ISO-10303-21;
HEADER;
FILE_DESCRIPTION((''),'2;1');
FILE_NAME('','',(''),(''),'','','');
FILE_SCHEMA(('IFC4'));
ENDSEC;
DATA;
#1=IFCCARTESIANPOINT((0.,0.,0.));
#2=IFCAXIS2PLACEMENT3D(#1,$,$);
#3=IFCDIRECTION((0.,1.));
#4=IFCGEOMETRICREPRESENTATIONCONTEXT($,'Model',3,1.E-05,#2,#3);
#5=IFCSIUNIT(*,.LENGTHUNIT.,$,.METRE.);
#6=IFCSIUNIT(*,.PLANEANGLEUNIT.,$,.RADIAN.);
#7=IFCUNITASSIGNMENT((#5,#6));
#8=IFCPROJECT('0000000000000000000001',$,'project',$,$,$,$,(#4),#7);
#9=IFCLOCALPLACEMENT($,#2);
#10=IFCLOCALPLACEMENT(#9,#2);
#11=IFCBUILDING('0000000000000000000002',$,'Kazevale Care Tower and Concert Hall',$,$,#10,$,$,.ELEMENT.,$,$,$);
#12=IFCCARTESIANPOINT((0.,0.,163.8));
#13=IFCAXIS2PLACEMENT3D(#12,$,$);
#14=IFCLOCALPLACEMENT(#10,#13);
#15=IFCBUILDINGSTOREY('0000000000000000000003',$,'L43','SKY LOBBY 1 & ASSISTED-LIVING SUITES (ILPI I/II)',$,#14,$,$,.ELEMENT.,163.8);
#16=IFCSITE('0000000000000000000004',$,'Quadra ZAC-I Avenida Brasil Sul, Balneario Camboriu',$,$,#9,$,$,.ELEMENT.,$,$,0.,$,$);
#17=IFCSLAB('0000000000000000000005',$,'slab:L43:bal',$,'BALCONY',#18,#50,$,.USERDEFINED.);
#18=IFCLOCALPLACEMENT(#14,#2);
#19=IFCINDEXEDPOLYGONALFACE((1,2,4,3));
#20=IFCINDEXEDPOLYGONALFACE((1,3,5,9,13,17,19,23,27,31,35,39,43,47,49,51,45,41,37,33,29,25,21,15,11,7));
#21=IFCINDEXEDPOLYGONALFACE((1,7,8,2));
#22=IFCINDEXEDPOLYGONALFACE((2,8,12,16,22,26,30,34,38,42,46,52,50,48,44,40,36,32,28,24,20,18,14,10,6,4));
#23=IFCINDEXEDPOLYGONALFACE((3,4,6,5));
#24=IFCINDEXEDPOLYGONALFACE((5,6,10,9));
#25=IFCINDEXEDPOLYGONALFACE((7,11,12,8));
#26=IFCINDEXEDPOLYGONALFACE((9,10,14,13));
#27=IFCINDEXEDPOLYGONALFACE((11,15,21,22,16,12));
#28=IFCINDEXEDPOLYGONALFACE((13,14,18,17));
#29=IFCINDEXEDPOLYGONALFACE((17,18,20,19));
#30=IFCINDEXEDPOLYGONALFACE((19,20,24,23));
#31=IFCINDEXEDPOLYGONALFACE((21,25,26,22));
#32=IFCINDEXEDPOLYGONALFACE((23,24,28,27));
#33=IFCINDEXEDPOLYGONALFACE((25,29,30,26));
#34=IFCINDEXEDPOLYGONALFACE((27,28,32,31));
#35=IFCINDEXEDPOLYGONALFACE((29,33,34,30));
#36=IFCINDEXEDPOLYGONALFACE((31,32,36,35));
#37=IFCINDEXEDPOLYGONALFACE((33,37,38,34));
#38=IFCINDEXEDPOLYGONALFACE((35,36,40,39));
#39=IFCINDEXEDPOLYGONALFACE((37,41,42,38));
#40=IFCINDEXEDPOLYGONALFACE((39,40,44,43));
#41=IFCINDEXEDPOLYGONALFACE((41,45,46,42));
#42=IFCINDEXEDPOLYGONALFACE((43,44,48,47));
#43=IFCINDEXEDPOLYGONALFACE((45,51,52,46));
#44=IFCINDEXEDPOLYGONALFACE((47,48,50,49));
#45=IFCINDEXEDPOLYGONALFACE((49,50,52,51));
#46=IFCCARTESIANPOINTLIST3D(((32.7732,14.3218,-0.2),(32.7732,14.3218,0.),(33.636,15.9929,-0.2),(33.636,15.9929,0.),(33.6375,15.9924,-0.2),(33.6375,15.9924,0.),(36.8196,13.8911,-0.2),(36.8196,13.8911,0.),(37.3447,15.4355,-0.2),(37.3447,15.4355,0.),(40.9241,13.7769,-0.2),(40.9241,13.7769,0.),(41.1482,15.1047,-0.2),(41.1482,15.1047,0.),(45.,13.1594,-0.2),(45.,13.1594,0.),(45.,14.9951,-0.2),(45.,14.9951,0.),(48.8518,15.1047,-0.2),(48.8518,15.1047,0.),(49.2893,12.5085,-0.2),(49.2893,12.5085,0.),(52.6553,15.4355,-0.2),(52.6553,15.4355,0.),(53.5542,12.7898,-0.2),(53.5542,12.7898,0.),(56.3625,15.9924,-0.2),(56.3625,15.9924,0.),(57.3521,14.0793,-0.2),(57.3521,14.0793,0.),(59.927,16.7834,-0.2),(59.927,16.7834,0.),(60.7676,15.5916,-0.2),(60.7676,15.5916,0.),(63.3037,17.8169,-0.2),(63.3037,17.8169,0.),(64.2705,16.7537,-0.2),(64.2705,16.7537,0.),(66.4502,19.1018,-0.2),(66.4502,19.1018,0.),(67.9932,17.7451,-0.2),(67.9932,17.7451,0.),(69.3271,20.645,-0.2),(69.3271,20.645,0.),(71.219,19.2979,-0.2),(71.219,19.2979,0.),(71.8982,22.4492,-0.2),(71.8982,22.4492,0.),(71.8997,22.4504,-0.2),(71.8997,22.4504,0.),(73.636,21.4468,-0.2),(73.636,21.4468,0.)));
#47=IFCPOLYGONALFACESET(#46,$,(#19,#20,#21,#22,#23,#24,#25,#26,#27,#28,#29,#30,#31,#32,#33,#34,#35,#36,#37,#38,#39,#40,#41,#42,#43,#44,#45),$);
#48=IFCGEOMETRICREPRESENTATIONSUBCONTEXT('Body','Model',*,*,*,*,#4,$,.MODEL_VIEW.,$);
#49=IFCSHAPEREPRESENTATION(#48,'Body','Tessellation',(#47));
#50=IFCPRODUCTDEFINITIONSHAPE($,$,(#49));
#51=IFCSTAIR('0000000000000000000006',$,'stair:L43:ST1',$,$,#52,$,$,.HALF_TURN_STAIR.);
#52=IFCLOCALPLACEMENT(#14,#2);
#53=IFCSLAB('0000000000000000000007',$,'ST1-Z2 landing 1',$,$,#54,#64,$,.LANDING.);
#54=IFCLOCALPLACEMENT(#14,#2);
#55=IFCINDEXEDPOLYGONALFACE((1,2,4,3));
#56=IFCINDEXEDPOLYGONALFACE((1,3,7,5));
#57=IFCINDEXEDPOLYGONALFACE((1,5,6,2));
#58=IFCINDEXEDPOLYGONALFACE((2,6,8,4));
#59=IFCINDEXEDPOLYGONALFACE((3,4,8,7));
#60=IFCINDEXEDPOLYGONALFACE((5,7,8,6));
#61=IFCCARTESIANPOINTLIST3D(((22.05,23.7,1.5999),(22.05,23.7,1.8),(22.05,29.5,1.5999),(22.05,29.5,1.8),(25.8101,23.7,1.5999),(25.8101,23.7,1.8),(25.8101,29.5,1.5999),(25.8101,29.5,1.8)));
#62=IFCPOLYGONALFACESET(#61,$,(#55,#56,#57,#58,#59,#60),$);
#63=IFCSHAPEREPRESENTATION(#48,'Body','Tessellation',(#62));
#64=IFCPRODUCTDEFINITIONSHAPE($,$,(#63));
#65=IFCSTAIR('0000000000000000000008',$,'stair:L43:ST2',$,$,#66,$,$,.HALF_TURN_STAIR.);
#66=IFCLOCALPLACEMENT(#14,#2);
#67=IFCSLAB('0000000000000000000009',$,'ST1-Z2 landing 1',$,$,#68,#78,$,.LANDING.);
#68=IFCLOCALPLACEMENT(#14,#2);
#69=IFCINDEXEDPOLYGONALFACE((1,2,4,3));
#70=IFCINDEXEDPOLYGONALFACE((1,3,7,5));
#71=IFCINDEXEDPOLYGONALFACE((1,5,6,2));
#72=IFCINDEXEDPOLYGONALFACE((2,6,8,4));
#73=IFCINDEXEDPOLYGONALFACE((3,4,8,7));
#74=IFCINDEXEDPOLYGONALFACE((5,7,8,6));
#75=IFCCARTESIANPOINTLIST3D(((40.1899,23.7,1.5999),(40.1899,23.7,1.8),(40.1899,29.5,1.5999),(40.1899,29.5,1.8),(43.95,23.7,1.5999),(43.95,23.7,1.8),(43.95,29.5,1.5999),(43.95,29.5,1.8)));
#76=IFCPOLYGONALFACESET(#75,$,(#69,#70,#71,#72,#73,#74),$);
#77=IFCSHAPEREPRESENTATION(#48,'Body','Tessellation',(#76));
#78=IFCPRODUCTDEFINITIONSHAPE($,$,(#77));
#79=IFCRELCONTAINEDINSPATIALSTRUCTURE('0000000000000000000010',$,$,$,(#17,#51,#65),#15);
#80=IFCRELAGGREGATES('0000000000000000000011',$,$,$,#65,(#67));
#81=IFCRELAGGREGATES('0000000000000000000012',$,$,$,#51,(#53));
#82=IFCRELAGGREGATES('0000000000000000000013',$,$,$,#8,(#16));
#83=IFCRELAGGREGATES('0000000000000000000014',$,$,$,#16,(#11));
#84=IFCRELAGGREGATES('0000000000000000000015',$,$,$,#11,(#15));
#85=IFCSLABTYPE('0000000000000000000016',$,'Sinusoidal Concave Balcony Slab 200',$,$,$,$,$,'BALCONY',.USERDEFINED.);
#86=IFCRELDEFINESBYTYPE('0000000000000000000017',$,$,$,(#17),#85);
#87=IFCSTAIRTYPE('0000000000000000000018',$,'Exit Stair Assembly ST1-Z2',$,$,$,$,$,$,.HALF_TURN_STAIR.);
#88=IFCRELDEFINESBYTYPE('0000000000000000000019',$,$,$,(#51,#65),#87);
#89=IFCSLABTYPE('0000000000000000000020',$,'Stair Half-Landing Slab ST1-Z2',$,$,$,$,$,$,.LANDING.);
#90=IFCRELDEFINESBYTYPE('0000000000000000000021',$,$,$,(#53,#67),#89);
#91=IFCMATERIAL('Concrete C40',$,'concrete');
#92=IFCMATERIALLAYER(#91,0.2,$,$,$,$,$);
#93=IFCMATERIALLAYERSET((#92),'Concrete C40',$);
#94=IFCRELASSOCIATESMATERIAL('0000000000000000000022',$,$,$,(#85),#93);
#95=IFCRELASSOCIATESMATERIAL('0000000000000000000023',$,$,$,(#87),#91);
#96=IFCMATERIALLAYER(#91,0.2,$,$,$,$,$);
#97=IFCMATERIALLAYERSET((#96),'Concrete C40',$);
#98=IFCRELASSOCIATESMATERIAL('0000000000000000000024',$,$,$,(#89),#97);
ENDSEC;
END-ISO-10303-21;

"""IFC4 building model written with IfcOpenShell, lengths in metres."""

from ifc_helpers import new_model, si_unit, direction, frame, origin, place, context, subcontext, project, spatial, polyline, outline, extrude, material, layer, layer_set, type_object, element, aggregate, save


model = new_model("IFC4")

# Units and contexts
model_context = context("Model", 3, precision=1e-05, world=origin(), true_north=direction((0.0, 1.0)))
body_context = subcontext(model_context, "Body", "Model", "MODEL_VIEW")
ifc_project = project(units=[si_unit("LENGTHUNIT", "METRE"), si_unit("PLANEANGLEUNIT", "RADIAN")], contexts=[model_context])

# Site, building, storey
site_placement = place(None, origin())
site = spatial("IfcSite", under=ifc_project, at=site_placement, Name="Quadra ZAC-I Avenida Brasil Sul, Balneario Camboriu", CompositionType="ELEMENT", RefElevation=0.0)
building_placement = place(site_placement, origin())
building = spatial("IfcBuilding", under=site, at=building_placement, Name="Kazevale Care Tower and Concert Hall", CompositionType="ELEMENT")
storey_placement = place(building_placement, frame((0.0, 0.0, 163.8)))
storey = spatial("IfcBuildingStorey", under=building, at=storey_placement, Name="L43", Description="SKY LOBBY 1 & ASSISTED-LIVING SUITES (ILPI I/II)", CompositionType="ELEMENT", Elevation=163.8)

# Slab
ifc_material_1 = material(Name="Concrete C40", Category="concrete")
ifc_layer_1 = layer(ifc_material_1, 0.2)
ifc_layer_set_1 = layer_set([ifc_layer_1], Name="Concrete C40")
slab_type_1 = type_object("IfcSlabType", Name="Sinusoidal Concave Balcony Slab 200", ElementType="BALCONY", PredefinedType="USERDEFINED", material=ifc_layer_set_1)
slab_1_placement = place(storey_placement, frame((0.0, 0.0, -0.2)))
element("IfcSlab", 1, at=slab_1_placement, inside=storey, type_object=slab_type_1, Name="slab:L43:bal", ObjectType="BALCONY", PredefinedType="USERDEFINED", context=body_context, shape_type="SweptSolid", body=[
    extrude(outline(polyline([(73.636, 21.4468), (71.219, 19.2979), (67.9932, 17.7451), (64.2705, 16.7537), (60.7676, 15.5916), (57.3521, 14.0793), (53.5542, 12.7898), (49.2893, 12.5085), (45.0, 13.1594), (40.9241, 13.7769), (36.8196, 13.8911), (32.7732, 14.3218), (33.636, 15.9929), (33.6375, 15.9924), (37.3447, 15.4355), (41.1482, 15.1047), (45.0, 14.9951), (48.8518, 15.1047), (52.6553, 15.4355), (56.3625, 15.9924), (59.927, 16.7834), (63.3037, 17.8169), (66.4502, 19.1018), (69.3271, 20.645), (71.8982, 22.4492), (71.8997, 22.4504), (73.636, 21.4468)])), origin(), (0.0, 0.0, 1.0), 0.2),
])

# Stairs, slabs
stair_type = type_object("IfcStairType", Name="Exit Stair Assembly ST1-Z2", PredefinedType="HALF_TURN_STAIR", material=ifc_material_1)
stair_1_placement = place(storey_placement, origin())
stair_1 = element("IfcStair", 2, at=stair_1_placement, inside=storey, type_object=stair_type, Name="stair:L43:ST1", PredefinedType="HALF_TURN_STAIR")
ifc_layer_2 = layer(ifc_material_1, 0.2)
ifc_layer_set_2 = layer_set([ifc_layer_2], Name="Concrete C40")
slab_type_2 = type_object("IfcSlabType", Name="Stair Half-Landing Slab ST1-Z2", PredefinedType="LANDING", material=ifc_layer_set_2)
slab_2_placement = place(storey_placement, frame((0.0, 0.0, 1.5999)))
slab_2 = element("IfcSlab", 3, at=slab_2_placement, type_object=slab_type_2, Name="ST1-Z2 landing 1", PredefinedType="LANDING", context=body_context, shape_type="SweptSolid", body=[
    extrude(outline(polyline([(22.05, 23.7), (25.8101, 23.7), (25.8101, 29.5), (22.05, 29.5), (22.05, 23.7)])), origin(), (0.0, 0.0, 1.0), 0.2002),
])
stair_2_placement = place(storey_placement, origin())
stair_2 = element("IfcStair", 4, at=stair_2_placement, inside=storey, type_object=stair_type, Name="stair:L43:ST2", PredefinedType="HALF_TURN_STAIR")
slab_3_placement = place(storey_placement, frame((0.0, 0.0, 1.5999)))
slab_3 = element("IfcSlab", 5, at=slab_3_placement, type_object=slab_type_2, Name="ST1-Z2 landing 1", PredefinedType="LANDING", context=body_context, shape_type="SweptSolid", body=[
    extrude(outline(polyline([(40.1899, 23.7), (43.95, 23.7), (43.95, 29.5), (40.1899, 29.5), (40.1899, 23.7)])), origin(), (0.0, 0.0, 1.0), 0.2002),
])
aggregate(stair_2, [slab_3])

aggregate(stair_1, [slab_2])

save(model, "model.ifc")
